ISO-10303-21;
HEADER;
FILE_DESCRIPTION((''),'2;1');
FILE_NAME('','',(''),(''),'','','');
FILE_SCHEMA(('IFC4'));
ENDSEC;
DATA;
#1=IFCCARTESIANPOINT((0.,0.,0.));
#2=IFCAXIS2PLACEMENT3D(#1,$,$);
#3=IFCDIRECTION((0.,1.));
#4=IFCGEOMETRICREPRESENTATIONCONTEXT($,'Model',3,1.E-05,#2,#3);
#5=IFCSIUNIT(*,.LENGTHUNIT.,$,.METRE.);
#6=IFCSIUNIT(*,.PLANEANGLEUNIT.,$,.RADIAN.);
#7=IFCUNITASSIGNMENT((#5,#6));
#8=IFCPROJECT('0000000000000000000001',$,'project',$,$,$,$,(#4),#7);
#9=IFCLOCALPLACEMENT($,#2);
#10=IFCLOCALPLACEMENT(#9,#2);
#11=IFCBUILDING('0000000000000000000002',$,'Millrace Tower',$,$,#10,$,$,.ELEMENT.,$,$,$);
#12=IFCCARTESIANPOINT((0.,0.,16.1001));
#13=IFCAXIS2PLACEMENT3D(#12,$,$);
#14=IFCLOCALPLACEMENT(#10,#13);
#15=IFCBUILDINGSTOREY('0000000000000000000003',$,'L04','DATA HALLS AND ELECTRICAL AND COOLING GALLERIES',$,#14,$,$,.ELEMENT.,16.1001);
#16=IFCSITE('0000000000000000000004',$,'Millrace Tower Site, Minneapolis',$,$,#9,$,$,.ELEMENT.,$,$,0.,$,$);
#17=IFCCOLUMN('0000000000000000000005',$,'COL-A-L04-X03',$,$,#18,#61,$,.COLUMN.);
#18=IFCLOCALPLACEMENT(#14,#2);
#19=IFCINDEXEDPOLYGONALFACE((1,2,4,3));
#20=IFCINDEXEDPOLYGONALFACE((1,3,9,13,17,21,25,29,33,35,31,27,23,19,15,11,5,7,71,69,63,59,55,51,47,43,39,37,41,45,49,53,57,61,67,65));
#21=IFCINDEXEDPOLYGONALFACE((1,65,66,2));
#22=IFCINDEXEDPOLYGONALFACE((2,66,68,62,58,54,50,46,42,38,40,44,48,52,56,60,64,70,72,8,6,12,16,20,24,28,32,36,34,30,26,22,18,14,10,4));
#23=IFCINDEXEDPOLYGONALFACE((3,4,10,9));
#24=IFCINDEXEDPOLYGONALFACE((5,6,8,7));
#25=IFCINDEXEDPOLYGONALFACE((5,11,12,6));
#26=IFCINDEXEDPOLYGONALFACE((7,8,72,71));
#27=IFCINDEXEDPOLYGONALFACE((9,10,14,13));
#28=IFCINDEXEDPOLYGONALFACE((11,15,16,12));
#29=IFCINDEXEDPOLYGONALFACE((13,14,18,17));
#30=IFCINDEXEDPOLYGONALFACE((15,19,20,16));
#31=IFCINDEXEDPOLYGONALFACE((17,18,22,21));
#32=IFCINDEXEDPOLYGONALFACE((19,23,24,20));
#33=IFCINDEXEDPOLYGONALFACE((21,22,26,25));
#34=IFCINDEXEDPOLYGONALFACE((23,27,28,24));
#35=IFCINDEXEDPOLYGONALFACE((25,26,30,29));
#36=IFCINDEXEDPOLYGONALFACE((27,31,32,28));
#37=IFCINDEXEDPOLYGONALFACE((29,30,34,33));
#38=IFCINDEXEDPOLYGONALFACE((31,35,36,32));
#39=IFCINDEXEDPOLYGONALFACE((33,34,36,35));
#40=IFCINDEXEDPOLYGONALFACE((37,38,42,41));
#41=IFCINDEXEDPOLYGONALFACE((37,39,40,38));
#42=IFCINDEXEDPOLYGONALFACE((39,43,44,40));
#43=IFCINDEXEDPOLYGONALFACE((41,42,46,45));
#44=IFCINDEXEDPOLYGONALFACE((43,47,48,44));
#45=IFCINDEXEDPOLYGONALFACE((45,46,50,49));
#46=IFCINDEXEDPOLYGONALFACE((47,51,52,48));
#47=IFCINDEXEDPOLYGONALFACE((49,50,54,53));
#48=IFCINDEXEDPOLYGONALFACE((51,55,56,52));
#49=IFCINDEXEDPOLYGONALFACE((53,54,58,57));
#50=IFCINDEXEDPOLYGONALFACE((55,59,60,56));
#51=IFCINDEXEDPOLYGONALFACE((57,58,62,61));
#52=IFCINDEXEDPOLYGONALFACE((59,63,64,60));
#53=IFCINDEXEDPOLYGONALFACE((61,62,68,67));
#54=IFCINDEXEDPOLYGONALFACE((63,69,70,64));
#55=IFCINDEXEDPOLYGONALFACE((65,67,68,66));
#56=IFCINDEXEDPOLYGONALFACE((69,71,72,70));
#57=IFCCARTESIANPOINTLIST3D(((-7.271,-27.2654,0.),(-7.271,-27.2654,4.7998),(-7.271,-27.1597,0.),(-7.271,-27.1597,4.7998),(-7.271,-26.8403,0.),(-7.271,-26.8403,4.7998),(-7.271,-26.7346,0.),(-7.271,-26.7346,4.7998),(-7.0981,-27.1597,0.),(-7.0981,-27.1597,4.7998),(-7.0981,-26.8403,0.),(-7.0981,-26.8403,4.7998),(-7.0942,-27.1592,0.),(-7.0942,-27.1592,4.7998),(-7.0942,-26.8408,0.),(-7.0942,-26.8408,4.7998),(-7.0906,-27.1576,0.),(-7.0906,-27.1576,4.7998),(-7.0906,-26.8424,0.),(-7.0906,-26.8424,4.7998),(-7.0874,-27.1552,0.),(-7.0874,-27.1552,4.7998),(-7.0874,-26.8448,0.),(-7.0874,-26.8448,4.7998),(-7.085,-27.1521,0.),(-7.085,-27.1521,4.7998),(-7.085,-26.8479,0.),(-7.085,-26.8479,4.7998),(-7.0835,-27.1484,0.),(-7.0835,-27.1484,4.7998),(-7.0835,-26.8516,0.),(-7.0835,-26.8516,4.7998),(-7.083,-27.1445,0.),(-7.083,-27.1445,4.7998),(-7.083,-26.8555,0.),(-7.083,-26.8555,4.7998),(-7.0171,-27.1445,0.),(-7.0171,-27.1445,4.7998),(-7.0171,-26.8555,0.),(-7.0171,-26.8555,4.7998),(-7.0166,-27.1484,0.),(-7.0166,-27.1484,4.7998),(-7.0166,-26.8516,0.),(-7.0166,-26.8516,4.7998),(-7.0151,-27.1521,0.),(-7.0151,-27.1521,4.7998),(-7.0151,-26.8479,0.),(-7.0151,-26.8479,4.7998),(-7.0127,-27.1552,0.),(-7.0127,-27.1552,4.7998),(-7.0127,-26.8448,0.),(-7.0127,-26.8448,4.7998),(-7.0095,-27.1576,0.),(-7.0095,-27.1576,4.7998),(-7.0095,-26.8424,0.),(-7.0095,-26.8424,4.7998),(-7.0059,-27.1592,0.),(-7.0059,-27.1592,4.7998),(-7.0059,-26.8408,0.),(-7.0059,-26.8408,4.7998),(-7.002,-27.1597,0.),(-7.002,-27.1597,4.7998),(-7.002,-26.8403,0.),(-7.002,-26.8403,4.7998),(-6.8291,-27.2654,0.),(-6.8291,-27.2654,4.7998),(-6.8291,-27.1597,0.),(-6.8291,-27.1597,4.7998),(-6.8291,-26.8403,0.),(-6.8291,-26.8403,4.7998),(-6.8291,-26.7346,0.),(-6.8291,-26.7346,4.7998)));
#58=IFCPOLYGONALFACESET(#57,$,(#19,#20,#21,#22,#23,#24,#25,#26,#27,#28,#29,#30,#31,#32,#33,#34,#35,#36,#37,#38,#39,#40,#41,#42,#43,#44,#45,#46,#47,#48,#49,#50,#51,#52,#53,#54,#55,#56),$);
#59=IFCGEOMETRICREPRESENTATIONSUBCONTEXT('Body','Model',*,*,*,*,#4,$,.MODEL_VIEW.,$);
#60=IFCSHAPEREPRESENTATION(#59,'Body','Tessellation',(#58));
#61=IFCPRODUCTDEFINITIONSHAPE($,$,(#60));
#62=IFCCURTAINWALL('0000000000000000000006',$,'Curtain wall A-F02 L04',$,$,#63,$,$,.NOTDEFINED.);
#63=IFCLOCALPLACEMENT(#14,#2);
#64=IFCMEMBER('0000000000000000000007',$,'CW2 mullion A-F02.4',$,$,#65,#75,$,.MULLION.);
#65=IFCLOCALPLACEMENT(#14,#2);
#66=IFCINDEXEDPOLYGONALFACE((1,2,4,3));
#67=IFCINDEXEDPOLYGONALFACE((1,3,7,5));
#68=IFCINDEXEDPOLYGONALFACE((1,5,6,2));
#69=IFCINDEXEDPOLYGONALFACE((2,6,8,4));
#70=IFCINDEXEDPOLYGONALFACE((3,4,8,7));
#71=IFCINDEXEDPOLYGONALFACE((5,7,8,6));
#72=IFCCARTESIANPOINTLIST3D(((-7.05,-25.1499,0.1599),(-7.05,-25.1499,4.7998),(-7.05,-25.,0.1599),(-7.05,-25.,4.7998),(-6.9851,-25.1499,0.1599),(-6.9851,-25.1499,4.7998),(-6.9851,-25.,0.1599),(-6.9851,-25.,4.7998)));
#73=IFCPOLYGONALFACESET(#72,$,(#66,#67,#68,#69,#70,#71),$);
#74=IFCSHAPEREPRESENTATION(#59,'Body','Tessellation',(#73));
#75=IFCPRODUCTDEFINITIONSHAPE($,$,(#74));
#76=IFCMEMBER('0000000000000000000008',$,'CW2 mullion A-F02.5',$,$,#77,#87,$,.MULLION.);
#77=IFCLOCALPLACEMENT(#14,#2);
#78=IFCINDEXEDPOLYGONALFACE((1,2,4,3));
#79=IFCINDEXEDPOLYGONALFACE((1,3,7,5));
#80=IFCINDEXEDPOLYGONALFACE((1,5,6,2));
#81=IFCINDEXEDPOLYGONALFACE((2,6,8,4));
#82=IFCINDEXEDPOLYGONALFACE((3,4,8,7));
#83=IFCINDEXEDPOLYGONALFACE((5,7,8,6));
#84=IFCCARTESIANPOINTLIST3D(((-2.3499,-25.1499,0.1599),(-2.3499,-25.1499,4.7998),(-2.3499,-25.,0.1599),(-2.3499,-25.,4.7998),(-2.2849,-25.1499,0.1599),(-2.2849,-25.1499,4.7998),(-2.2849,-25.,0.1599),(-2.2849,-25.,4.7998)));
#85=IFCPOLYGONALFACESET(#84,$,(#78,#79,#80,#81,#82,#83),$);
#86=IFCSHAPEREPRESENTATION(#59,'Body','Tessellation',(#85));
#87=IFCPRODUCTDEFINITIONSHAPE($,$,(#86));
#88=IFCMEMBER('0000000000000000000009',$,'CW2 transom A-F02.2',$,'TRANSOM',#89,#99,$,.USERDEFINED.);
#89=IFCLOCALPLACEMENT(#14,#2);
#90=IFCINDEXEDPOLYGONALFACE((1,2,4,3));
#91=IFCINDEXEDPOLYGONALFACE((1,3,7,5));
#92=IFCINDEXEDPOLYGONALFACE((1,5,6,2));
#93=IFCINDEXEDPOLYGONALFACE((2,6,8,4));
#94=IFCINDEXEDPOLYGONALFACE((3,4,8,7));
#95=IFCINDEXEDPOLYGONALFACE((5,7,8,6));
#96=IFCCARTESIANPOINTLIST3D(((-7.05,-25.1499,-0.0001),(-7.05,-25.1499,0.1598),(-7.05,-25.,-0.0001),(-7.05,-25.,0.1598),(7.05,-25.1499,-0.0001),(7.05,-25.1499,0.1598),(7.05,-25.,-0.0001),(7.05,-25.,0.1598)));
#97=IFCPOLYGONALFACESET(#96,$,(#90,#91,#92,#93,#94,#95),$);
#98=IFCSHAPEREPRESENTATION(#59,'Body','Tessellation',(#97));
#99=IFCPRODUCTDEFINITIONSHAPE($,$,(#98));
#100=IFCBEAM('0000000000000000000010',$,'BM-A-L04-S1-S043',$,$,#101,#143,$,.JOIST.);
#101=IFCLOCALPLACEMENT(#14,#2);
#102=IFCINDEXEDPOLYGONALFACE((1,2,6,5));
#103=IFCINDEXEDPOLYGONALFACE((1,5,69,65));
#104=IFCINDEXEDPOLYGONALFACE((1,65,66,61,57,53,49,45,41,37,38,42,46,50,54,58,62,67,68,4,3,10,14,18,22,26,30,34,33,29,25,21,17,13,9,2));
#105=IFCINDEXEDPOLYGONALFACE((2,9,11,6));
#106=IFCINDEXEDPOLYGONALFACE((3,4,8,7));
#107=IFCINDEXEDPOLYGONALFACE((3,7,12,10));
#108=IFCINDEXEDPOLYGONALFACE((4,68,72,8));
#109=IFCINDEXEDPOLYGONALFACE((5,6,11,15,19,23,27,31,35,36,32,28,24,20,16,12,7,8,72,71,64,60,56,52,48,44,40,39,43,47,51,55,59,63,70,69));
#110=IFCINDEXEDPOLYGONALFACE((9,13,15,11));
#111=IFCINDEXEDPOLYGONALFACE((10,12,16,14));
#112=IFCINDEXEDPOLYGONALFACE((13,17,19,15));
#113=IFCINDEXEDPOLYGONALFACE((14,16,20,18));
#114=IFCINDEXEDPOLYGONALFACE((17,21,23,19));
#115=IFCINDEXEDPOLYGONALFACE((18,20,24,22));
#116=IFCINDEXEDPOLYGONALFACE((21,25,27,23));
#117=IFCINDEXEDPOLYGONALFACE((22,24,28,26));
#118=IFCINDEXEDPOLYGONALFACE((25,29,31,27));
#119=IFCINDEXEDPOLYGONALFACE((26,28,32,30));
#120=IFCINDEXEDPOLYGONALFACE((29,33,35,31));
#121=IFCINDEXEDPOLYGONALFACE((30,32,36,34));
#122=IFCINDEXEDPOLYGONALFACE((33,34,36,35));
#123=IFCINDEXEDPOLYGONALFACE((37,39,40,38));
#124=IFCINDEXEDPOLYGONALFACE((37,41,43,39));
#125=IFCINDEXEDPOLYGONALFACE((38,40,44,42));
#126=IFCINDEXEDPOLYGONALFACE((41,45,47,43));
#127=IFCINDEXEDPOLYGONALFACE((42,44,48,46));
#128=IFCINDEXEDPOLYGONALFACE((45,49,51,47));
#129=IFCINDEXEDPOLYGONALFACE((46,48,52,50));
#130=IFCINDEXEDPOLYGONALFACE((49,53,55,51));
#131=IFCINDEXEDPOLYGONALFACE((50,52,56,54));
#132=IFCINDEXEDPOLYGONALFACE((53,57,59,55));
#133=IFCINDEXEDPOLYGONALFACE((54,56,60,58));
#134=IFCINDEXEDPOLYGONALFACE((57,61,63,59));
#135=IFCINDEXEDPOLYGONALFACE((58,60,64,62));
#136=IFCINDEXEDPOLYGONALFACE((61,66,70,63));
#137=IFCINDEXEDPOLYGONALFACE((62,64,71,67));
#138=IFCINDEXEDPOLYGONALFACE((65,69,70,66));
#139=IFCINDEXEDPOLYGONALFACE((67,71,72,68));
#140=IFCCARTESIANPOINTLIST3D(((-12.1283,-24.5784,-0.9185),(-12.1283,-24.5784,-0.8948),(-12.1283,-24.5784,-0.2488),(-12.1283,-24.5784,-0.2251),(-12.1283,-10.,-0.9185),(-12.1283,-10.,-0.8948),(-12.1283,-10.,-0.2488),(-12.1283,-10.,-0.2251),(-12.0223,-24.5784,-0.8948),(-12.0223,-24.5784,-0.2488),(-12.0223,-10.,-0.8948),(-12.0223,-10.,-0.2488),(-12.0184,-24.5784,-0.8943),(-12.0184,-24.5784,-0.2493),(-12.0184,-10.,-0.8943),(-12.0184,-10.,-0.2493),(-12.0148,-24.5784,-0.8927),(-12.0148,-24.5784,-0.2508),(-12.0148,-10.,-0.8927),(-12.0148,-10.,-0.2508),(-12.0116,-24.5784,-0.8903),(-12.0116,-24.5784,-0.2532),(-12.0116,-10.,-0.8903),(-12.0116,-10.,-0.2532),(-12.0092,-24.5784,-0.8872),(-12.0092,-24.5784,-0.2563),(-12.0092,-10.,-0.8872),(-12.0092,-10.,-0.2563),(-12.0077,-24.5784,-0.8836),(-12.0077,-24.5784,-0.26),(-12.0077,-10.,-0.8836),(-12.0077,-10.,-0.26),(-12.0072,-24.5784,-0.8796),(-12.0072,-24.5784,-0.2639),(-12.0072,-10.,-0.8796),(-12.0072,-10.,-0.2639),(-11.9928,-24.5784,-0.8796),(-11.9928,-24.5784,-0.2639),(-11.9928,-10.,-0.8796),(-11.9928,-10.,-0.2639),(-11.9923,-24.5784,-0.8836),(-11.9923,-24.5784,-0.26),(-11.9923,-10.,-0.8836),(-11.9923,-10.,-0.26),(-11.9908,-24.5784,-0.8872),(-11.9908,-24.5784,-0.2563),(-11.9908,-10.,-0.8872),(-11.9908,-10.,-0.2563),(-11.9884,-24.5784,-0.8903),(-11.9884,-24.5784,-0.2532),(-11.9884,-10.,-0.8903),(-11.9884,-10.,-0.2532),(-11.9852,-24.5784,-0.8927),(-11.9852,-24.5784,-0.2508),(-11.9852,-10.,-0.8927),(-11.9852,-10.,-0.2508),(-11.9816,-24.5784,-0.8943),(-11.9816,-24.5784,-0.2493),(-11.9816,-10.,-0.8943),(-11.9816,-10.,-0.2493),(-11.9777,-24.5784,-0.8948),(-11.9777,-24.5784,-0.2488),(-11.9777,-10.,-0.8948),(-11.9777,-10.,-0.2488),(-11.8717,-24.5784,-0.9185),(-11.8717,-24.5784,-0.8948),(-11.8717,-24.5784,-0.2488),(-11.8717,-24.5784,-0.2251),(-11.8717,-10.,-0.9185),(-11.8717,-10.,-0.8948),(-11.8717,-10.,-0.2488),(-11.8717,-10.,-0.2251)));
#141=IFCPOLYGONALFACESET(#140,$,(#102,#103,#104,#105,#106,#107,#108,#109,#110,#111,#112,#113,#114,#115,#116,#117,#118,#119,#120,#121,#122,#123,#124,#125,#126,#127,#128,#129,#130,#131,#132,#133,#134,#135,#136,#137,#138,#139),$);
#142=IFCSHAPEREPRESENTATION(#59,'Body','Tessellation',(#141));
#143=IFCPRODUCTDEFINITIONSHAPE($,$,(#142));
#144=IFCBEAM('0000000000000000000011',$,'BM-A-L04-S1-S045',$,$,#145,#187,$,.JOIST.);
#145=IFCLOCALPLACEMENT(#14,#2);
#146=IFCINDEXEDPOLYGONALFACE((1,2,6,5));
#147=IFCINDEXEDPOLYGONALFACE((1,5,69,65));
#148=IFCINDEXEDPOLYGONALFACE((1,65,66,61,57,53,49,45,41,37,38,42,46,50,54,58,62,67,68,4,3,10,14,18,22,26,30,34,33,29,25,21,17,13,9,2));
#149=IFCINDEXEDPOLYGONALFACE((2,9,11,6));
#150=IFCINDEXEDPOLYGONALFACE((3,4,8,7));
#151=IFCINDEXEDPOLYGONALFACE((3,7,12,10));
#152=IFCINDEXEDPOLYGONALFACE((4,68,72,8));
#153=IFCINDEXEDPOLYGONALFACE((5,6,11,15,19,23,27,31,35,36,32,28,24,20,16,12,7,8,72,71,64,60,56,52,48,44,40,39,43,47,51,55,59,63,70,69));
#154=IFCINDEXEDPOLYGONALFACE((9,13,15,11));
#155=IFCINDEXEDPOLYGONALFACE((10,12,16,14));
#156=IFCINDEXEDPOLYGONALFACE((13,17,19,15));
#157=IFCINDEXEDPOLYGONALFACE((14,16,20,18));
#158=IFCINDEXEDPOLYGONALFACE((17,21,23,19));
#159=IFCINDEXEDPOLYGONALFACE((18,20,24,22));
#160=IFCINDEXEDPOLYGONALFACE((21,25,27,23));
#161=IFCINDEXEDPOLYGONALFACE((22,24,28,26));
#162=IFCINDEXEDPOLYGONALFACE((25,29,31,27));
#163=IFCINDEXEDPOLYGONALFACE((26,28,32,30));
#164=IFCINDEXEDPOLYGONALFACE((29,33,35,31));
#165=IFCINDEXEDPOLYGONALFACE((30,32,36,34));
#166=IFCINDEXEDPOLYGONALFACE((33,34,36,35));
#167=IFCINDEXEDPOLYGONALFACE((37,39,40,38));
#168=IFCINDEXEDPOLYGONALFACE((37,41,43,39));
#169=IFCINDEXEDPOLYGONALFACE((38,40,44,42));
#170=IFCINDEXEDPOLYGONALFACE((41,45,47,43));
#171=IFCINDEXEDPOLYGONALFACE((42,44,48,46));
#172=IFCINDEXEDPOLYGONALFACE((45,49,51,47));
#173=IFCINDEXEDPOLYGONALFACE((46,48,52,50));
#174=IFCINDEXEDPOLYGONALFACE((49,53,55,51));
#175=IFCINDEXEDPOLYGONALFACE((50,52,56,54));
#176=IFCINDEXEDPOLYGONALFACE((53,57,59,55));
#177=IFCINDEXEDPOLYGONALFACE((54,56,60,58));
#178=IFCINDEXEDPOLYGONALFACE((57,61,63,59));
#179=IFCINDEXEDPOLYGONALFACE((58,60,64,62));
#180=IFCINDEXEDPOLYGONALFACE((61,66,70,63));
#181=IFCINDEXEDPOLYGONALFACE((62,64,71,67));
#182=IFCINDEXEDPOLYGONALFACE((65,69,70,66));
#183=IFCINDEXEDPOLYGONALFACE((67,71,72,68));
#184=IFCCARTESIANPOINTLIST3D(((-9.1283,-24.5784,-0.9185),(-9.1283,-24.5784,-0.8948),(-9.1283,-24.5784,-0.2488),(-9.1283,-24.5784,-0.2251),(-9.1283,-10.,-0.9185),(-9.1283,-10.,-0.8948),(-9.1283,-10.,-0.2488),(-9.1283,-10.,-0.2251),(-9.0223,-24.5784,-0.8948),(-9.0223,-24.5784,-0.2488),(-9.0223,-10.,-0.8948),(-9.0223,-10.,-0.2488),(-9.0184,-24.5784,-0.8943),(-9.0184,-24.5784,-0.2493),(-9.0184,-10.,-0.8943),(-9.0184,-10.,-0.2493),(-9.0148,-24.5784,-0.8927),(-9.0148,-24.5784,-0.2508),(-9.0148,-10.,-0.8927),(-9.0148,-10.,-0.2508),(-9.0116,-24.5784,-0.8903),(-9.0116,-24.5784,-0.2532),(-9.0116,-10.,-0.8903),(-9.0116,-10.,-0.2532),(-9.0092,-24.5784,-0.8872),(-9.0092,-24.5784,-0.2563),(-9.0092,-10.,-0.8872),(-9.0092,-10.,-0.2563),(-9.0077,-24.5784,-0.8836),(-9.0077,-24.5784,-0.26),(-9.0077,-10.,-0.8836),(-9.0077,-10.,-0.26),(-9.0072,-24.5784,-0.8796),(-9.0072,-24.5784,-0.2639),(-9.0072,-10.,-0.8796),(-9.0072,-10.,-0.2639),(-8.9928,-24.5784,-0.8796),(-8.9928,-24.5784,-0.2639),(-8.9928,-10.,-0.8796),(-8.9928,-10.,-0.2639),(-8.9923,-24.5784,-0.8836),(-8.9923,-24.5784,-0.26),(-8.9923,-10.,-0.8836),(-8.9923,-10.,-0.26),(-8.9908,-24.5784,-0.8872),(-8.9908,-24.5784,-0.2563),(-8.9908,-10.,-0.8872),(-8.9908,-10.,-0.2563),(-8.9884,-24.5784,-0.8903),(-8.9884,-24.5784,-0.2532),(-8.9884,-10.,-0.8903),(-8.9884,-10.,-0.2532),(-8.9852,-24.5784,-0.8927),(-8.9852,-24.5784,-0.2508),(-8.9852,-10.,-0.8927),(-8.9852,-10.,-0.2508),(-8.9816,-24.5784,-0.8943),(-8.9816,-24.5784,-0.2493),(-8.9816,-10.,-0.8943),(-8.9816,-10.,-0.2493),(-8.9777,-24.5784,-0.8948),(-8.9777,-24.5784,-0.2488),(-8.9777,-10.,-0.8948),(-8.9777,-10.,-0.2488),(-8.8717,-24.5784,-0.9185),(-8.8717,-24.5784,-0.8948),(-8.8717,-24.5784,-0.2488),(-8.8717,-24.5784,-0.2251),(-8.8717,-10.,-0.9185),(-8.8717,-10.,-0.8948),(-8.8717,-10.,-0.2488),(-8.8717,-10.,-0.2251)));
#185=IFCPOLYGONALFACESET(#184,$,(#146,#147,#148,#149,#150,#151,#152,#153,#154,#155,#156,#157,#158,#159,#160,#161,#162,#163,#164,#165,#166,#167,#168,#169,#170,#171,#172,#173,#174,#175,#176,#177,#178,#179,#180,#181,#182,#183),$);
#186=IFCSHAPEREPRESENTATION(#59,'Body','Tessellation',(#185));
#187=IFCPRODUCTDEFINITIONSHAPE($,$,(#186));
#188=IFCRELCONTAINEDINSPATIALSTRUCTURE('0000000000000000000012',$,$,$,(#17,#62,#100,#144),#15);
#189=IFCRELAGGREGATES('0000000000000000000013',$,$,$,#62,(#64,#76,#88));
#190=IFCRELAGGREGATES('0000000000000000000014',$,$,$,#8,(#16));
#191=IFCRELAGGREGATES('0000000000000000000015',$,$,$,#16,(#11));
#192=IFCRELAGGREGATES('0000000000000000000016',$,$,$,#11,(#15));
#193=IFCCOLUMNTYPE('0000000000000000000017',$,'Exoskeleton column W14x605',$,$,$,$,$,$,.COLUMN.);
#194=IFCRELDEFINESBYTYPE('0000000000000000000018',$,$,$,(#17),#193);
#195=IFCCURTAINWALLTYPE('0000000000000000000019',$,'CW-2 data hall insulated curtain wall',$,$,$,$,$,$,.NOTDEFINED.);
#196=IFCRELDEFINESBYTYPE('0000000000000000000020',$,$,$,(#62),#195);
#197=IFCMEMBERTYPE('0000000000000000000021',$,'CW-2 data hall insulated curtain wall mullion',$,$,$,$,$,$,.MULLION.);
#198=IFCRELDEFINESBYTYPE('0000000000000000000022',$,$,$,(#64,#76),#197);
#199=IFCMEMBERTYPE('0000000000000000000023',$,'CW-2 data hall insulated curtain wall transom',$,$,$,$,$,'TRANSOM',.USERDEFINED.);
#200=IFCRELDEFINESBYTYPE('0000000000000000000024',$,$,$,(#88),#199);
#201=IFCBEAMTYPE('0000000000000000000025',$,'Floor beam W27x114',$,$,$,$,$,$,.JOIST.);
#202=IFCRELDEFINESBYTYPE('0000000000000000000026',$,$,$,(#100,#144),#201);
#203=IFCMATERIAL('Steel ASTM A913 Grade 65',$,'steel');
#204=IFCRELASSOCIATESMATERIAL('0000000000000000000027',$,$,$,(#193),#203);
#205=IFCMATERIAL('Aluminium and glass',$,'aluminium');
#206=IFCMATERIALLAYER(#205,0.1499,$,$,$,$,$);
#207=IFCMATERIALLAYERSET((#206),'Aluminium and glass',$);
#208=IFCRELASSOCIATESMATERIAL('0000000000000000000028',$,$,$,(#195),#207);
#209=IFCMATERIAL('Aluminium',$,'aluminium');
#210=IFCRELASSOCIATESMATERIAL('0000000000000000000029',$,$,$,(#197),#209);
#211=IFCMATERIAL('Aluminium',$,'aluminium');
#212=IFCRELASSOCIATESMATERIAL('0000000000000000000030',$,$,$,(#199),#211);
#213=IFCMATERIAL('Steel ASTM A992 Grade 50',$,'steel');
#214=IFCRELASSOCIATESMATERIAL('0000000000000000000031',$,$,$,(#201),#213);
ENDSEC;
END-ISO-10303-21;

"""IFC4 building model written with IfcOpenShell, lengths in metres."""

from ifc_helpers import new_model, si_unit, direction, frame, origin, origin_2d, place, context, subcontext, project, spatial, rectangle, i_section, extrude, material, layer, layer_set, material_profile, profile_set, type_object, element, aggregate, save


model = new_model("IFC4")

# Units and contexts
model_context = context("Model", 3, precision=1e-05, world=origin(), true_north=direction((0.0, 1.0)))
body_context = subcontext(model_context, "Body", "Model", "MODEL_VIEW")
ifc_project = project(units=[si_unit("LENGTHUNIT", "METRE"), si_unit("PLANEANGLEUNIT", "RADIAN")], contexts=[model_context])

# Site, building, storey
site_placement = place(None, origin())
site = spatial("IfcSite", under=ifc_project, at=site_placement, Name="Millrace Tower Site, Minneapolis", CompositionType="ELEMENT", RefElevation=0.0)
building_placement = place(site_placement, origin())
building = spatial("IfcBuilding", under=site, at=building_placement, Name="Millrace Tower", CompositionType="ELEMENT")
storey_placement = place(building_placement, frame((0.0, 0.0, 16.1001)))
storey = spatial("IfcBuildingStorey", under=building, at=storey_placement, Name="L04", Description="DATA HALLS AND ELECTRICAL AND COOLING GALLERIES", CompositionType="ELEMENT", Elevation=16.1001)

# Column
ifc_material_1 = material(Name="Steel ASTM A913 Grade 65", Category="steel")
ifc_material_profile_1 = material_profile(ifc_material_1, i_section(OverallWidth=0.4419, OverallDepth=0.5308, WebThickness=0.0659, FlangeThickness=0.1057, FilletRadius=0.0151, at=origin_2d()))
ifc_profile_set_1 = profile_set([ifc_material_profile_1], Name="Steel ASTM A913 Grade 65")
column_type = type_object("IfcColumnType", Name="Exoskeleton column W14x605", PredefinedType="COLUMN", material=ifc_profile_set_1)
column_placement = place(storey_placement, frame((-7.05, -27.0, 0.0), z_axis=(0.0, 0.0, 1.0), x_axis=(1.0, 0.0, 0.0)))
element("IfcColumn", 1, at=column_placement, inside=storey, type_object=column_type, Name="COL-A-L04-X03", PredefinedType="COLUMN", context=body_context, shape_type="SweptSolid", body=[
    extrude(i_section(OverallWidth=0.4419, OverallDepth=0.5308, WebThickness=0.0659, FlangeThickness=0.1057, FilletRadius=0.0151, at=origin_2d()), origin(), (0.0, 0.0, 1.0), 4.7998),
])

# Curtain wall, members
ifc_material_2 = material(Name="Aluminium and glass", Category="aluminium")
ifc_layer_1 = layer(ifc_material_2, 0.1499)
ifc_layer_set_1 = layer_set([ifc_layer_1], Name="Aluminium and glass")
curtain_wall_type = type_object("IfcCurtainWallType", Name="CW-2 data hall insulated curtain wall", PredefinedType="NOTDEFINED", material=ifc_layer_set_1)
curtain_wall_placement = place(storey_placement, origin())
curtain_wall = element("IfcCurtainWall", 2, at=curtain_wall_placement, inside=storey, type_object=curtain_wall_type, Name="Curtain wall A-F02 L04", PredefinedType="NOTDEFINED")
ifc_material_3 = material(Name="Aluminium", Category="aluminium")
ifc_material_profile_2 = material_profile(ifc_material_3, rectangle(XDim=0.0649, YDim=0.1499, at=origin_2d()))
ifc_profile_set_2 = profile_set([ifc_material_profile_2], Name="Aluminium")
member_type_1 = type_object("IfcMemberType", Name="CW-2 data hall insulated curtain wall mullion", PredefinedType="MULLION", material=ifc_profile_set_2)
member_1_placement = place(storey_placement, frame((-7.0176, -25.075, 0.1599), z_axis=(0.0, 0.0, 1.0), x_axis=(1.0, 0.0, 0.0)))
member_1 = element("IfcMember", 3, at=member_1_placement, type_object=member_type_1, Name="CW2 mullion A-F02.4", PredefinedType="MULLION", context=body_context, shape_type="SweptSolid", body=[
    extrude(rectangle(XDim=0.0649, YDim=0.1499, at=origin_2d()), origin(), (0.0, 0.0, 1.0), 4.6399),
])
member_2_placement = place(storey_placement, frame((-2.3174, -25.075, 0.1599), z_axis=(0.0, 0.0, 1.0), x_axis=(1.0, 0.0, 0.0)))
member_2 = element("IfcMember", 4, at=member_2_placement, type_object=member_type_1, Name="CW2 mullion A-F02.5", PredefinedType="MULLION", context=body_context, shape_type="SweptSolid", body=[
    extrude(rectangle(XDim=0.0649, YDim=0.1499, at=origin_2d()), origin(), (0.0, 0.0, 1.0), 4.6399),
])
ifc_material_4 = material(Name="Aluminium", Category="aluminium")
ifc_material_profile_3 = material_profile(ifc_material_4, rectangle(XDim=0.1499, YDim=0.1599, at=origin_2d()))
ifc_profile_set_3 = profile_set([ifc_material_profile_3], Name="Aluminium")
member_type_2 = type_object("IfcMemberType", Name="CW-2 data hall insulated curtain wall transom", ElementType="TRANSOM", PredefinedType="USERDEFINED", material=ifc_profile_set_3)
member_3_placement = place(storey_placement, frame((-7.05, -25.075, 0.0798), z_axis=(1.0, 0.0, 0.0), x_axis=(0.0, 1.0, 0.0)))
member_3 = element("IfcMember", 5, at=member_3_placement, type_object=member_type_2, Name="CW2 transom A-F02.2", ObjectType="TRANSOM", PredefinedType="USERDEFINED", context=body_context, shape_type="SweptSolid", body=[
    extrude(rectangle(XDim=0.1499, YDim=0.1599, at=origin_2d()), origin(), (0.0, 0.0, 1.0), 14.1001),
])
aggregate(curtain_wall, [member_1, member_2, member_3])

# Beams
ifc_material_5 = material(Name="Steel ASTM A992 Grade 50", Category="steel")
ifc_material_profile_4 = material_profile(ifc_material_5, i_section(OverallWidth=0.2566, OverallDepth=0.6934, WebThickness=0.0144, FlangeThickness=0.0237, FilletRadius=0.0151, at=origin_2d()))
ifc_profile_set_4 = profile_set([ifc_material_profile_4], Name="Steel ASTM A992 Grade 50")
beam_type_1 = type_object("IfcBeamType", Name="Floor beam W27x114", PredefinedType="JOIST", material=ifc_profile_set_4)
for number, where, z_axis, x_axis, name in (
    (6, (-12.0, -24.5784, -0.5718), (0.0, 1.0, 0.0), (-1.0, 0.0, 0.0), "BM-A-L04-S1-S043"),
    (7, (-9.0, -24.5784, -0.5718), (0.0, 1.0, 0.0), (-1.0, 0.0, 0.0), "BM-A-L04-S1-S045"),
):
    element("IfcBeam", number, at=place(storey_placement, frame(where, z_axis=z_axis, x_axis=x_axis)), inside=storey, type_object=beam_type_1, Name=name, PredefinedType="JOIST", context=body_context, shape_type="SweptSolid", body=[
        extrude(i_section(OverallWidth=0.2566, OverallDepth=0.6934, WebThickness=0.0144, FlangeThickness=0.0237, FilletRadius=0.0151, at=origin_2d()), origin(), (0.0, 0.0, 1.0), 14.5784),
    ])

save(model, "model.ifc")
